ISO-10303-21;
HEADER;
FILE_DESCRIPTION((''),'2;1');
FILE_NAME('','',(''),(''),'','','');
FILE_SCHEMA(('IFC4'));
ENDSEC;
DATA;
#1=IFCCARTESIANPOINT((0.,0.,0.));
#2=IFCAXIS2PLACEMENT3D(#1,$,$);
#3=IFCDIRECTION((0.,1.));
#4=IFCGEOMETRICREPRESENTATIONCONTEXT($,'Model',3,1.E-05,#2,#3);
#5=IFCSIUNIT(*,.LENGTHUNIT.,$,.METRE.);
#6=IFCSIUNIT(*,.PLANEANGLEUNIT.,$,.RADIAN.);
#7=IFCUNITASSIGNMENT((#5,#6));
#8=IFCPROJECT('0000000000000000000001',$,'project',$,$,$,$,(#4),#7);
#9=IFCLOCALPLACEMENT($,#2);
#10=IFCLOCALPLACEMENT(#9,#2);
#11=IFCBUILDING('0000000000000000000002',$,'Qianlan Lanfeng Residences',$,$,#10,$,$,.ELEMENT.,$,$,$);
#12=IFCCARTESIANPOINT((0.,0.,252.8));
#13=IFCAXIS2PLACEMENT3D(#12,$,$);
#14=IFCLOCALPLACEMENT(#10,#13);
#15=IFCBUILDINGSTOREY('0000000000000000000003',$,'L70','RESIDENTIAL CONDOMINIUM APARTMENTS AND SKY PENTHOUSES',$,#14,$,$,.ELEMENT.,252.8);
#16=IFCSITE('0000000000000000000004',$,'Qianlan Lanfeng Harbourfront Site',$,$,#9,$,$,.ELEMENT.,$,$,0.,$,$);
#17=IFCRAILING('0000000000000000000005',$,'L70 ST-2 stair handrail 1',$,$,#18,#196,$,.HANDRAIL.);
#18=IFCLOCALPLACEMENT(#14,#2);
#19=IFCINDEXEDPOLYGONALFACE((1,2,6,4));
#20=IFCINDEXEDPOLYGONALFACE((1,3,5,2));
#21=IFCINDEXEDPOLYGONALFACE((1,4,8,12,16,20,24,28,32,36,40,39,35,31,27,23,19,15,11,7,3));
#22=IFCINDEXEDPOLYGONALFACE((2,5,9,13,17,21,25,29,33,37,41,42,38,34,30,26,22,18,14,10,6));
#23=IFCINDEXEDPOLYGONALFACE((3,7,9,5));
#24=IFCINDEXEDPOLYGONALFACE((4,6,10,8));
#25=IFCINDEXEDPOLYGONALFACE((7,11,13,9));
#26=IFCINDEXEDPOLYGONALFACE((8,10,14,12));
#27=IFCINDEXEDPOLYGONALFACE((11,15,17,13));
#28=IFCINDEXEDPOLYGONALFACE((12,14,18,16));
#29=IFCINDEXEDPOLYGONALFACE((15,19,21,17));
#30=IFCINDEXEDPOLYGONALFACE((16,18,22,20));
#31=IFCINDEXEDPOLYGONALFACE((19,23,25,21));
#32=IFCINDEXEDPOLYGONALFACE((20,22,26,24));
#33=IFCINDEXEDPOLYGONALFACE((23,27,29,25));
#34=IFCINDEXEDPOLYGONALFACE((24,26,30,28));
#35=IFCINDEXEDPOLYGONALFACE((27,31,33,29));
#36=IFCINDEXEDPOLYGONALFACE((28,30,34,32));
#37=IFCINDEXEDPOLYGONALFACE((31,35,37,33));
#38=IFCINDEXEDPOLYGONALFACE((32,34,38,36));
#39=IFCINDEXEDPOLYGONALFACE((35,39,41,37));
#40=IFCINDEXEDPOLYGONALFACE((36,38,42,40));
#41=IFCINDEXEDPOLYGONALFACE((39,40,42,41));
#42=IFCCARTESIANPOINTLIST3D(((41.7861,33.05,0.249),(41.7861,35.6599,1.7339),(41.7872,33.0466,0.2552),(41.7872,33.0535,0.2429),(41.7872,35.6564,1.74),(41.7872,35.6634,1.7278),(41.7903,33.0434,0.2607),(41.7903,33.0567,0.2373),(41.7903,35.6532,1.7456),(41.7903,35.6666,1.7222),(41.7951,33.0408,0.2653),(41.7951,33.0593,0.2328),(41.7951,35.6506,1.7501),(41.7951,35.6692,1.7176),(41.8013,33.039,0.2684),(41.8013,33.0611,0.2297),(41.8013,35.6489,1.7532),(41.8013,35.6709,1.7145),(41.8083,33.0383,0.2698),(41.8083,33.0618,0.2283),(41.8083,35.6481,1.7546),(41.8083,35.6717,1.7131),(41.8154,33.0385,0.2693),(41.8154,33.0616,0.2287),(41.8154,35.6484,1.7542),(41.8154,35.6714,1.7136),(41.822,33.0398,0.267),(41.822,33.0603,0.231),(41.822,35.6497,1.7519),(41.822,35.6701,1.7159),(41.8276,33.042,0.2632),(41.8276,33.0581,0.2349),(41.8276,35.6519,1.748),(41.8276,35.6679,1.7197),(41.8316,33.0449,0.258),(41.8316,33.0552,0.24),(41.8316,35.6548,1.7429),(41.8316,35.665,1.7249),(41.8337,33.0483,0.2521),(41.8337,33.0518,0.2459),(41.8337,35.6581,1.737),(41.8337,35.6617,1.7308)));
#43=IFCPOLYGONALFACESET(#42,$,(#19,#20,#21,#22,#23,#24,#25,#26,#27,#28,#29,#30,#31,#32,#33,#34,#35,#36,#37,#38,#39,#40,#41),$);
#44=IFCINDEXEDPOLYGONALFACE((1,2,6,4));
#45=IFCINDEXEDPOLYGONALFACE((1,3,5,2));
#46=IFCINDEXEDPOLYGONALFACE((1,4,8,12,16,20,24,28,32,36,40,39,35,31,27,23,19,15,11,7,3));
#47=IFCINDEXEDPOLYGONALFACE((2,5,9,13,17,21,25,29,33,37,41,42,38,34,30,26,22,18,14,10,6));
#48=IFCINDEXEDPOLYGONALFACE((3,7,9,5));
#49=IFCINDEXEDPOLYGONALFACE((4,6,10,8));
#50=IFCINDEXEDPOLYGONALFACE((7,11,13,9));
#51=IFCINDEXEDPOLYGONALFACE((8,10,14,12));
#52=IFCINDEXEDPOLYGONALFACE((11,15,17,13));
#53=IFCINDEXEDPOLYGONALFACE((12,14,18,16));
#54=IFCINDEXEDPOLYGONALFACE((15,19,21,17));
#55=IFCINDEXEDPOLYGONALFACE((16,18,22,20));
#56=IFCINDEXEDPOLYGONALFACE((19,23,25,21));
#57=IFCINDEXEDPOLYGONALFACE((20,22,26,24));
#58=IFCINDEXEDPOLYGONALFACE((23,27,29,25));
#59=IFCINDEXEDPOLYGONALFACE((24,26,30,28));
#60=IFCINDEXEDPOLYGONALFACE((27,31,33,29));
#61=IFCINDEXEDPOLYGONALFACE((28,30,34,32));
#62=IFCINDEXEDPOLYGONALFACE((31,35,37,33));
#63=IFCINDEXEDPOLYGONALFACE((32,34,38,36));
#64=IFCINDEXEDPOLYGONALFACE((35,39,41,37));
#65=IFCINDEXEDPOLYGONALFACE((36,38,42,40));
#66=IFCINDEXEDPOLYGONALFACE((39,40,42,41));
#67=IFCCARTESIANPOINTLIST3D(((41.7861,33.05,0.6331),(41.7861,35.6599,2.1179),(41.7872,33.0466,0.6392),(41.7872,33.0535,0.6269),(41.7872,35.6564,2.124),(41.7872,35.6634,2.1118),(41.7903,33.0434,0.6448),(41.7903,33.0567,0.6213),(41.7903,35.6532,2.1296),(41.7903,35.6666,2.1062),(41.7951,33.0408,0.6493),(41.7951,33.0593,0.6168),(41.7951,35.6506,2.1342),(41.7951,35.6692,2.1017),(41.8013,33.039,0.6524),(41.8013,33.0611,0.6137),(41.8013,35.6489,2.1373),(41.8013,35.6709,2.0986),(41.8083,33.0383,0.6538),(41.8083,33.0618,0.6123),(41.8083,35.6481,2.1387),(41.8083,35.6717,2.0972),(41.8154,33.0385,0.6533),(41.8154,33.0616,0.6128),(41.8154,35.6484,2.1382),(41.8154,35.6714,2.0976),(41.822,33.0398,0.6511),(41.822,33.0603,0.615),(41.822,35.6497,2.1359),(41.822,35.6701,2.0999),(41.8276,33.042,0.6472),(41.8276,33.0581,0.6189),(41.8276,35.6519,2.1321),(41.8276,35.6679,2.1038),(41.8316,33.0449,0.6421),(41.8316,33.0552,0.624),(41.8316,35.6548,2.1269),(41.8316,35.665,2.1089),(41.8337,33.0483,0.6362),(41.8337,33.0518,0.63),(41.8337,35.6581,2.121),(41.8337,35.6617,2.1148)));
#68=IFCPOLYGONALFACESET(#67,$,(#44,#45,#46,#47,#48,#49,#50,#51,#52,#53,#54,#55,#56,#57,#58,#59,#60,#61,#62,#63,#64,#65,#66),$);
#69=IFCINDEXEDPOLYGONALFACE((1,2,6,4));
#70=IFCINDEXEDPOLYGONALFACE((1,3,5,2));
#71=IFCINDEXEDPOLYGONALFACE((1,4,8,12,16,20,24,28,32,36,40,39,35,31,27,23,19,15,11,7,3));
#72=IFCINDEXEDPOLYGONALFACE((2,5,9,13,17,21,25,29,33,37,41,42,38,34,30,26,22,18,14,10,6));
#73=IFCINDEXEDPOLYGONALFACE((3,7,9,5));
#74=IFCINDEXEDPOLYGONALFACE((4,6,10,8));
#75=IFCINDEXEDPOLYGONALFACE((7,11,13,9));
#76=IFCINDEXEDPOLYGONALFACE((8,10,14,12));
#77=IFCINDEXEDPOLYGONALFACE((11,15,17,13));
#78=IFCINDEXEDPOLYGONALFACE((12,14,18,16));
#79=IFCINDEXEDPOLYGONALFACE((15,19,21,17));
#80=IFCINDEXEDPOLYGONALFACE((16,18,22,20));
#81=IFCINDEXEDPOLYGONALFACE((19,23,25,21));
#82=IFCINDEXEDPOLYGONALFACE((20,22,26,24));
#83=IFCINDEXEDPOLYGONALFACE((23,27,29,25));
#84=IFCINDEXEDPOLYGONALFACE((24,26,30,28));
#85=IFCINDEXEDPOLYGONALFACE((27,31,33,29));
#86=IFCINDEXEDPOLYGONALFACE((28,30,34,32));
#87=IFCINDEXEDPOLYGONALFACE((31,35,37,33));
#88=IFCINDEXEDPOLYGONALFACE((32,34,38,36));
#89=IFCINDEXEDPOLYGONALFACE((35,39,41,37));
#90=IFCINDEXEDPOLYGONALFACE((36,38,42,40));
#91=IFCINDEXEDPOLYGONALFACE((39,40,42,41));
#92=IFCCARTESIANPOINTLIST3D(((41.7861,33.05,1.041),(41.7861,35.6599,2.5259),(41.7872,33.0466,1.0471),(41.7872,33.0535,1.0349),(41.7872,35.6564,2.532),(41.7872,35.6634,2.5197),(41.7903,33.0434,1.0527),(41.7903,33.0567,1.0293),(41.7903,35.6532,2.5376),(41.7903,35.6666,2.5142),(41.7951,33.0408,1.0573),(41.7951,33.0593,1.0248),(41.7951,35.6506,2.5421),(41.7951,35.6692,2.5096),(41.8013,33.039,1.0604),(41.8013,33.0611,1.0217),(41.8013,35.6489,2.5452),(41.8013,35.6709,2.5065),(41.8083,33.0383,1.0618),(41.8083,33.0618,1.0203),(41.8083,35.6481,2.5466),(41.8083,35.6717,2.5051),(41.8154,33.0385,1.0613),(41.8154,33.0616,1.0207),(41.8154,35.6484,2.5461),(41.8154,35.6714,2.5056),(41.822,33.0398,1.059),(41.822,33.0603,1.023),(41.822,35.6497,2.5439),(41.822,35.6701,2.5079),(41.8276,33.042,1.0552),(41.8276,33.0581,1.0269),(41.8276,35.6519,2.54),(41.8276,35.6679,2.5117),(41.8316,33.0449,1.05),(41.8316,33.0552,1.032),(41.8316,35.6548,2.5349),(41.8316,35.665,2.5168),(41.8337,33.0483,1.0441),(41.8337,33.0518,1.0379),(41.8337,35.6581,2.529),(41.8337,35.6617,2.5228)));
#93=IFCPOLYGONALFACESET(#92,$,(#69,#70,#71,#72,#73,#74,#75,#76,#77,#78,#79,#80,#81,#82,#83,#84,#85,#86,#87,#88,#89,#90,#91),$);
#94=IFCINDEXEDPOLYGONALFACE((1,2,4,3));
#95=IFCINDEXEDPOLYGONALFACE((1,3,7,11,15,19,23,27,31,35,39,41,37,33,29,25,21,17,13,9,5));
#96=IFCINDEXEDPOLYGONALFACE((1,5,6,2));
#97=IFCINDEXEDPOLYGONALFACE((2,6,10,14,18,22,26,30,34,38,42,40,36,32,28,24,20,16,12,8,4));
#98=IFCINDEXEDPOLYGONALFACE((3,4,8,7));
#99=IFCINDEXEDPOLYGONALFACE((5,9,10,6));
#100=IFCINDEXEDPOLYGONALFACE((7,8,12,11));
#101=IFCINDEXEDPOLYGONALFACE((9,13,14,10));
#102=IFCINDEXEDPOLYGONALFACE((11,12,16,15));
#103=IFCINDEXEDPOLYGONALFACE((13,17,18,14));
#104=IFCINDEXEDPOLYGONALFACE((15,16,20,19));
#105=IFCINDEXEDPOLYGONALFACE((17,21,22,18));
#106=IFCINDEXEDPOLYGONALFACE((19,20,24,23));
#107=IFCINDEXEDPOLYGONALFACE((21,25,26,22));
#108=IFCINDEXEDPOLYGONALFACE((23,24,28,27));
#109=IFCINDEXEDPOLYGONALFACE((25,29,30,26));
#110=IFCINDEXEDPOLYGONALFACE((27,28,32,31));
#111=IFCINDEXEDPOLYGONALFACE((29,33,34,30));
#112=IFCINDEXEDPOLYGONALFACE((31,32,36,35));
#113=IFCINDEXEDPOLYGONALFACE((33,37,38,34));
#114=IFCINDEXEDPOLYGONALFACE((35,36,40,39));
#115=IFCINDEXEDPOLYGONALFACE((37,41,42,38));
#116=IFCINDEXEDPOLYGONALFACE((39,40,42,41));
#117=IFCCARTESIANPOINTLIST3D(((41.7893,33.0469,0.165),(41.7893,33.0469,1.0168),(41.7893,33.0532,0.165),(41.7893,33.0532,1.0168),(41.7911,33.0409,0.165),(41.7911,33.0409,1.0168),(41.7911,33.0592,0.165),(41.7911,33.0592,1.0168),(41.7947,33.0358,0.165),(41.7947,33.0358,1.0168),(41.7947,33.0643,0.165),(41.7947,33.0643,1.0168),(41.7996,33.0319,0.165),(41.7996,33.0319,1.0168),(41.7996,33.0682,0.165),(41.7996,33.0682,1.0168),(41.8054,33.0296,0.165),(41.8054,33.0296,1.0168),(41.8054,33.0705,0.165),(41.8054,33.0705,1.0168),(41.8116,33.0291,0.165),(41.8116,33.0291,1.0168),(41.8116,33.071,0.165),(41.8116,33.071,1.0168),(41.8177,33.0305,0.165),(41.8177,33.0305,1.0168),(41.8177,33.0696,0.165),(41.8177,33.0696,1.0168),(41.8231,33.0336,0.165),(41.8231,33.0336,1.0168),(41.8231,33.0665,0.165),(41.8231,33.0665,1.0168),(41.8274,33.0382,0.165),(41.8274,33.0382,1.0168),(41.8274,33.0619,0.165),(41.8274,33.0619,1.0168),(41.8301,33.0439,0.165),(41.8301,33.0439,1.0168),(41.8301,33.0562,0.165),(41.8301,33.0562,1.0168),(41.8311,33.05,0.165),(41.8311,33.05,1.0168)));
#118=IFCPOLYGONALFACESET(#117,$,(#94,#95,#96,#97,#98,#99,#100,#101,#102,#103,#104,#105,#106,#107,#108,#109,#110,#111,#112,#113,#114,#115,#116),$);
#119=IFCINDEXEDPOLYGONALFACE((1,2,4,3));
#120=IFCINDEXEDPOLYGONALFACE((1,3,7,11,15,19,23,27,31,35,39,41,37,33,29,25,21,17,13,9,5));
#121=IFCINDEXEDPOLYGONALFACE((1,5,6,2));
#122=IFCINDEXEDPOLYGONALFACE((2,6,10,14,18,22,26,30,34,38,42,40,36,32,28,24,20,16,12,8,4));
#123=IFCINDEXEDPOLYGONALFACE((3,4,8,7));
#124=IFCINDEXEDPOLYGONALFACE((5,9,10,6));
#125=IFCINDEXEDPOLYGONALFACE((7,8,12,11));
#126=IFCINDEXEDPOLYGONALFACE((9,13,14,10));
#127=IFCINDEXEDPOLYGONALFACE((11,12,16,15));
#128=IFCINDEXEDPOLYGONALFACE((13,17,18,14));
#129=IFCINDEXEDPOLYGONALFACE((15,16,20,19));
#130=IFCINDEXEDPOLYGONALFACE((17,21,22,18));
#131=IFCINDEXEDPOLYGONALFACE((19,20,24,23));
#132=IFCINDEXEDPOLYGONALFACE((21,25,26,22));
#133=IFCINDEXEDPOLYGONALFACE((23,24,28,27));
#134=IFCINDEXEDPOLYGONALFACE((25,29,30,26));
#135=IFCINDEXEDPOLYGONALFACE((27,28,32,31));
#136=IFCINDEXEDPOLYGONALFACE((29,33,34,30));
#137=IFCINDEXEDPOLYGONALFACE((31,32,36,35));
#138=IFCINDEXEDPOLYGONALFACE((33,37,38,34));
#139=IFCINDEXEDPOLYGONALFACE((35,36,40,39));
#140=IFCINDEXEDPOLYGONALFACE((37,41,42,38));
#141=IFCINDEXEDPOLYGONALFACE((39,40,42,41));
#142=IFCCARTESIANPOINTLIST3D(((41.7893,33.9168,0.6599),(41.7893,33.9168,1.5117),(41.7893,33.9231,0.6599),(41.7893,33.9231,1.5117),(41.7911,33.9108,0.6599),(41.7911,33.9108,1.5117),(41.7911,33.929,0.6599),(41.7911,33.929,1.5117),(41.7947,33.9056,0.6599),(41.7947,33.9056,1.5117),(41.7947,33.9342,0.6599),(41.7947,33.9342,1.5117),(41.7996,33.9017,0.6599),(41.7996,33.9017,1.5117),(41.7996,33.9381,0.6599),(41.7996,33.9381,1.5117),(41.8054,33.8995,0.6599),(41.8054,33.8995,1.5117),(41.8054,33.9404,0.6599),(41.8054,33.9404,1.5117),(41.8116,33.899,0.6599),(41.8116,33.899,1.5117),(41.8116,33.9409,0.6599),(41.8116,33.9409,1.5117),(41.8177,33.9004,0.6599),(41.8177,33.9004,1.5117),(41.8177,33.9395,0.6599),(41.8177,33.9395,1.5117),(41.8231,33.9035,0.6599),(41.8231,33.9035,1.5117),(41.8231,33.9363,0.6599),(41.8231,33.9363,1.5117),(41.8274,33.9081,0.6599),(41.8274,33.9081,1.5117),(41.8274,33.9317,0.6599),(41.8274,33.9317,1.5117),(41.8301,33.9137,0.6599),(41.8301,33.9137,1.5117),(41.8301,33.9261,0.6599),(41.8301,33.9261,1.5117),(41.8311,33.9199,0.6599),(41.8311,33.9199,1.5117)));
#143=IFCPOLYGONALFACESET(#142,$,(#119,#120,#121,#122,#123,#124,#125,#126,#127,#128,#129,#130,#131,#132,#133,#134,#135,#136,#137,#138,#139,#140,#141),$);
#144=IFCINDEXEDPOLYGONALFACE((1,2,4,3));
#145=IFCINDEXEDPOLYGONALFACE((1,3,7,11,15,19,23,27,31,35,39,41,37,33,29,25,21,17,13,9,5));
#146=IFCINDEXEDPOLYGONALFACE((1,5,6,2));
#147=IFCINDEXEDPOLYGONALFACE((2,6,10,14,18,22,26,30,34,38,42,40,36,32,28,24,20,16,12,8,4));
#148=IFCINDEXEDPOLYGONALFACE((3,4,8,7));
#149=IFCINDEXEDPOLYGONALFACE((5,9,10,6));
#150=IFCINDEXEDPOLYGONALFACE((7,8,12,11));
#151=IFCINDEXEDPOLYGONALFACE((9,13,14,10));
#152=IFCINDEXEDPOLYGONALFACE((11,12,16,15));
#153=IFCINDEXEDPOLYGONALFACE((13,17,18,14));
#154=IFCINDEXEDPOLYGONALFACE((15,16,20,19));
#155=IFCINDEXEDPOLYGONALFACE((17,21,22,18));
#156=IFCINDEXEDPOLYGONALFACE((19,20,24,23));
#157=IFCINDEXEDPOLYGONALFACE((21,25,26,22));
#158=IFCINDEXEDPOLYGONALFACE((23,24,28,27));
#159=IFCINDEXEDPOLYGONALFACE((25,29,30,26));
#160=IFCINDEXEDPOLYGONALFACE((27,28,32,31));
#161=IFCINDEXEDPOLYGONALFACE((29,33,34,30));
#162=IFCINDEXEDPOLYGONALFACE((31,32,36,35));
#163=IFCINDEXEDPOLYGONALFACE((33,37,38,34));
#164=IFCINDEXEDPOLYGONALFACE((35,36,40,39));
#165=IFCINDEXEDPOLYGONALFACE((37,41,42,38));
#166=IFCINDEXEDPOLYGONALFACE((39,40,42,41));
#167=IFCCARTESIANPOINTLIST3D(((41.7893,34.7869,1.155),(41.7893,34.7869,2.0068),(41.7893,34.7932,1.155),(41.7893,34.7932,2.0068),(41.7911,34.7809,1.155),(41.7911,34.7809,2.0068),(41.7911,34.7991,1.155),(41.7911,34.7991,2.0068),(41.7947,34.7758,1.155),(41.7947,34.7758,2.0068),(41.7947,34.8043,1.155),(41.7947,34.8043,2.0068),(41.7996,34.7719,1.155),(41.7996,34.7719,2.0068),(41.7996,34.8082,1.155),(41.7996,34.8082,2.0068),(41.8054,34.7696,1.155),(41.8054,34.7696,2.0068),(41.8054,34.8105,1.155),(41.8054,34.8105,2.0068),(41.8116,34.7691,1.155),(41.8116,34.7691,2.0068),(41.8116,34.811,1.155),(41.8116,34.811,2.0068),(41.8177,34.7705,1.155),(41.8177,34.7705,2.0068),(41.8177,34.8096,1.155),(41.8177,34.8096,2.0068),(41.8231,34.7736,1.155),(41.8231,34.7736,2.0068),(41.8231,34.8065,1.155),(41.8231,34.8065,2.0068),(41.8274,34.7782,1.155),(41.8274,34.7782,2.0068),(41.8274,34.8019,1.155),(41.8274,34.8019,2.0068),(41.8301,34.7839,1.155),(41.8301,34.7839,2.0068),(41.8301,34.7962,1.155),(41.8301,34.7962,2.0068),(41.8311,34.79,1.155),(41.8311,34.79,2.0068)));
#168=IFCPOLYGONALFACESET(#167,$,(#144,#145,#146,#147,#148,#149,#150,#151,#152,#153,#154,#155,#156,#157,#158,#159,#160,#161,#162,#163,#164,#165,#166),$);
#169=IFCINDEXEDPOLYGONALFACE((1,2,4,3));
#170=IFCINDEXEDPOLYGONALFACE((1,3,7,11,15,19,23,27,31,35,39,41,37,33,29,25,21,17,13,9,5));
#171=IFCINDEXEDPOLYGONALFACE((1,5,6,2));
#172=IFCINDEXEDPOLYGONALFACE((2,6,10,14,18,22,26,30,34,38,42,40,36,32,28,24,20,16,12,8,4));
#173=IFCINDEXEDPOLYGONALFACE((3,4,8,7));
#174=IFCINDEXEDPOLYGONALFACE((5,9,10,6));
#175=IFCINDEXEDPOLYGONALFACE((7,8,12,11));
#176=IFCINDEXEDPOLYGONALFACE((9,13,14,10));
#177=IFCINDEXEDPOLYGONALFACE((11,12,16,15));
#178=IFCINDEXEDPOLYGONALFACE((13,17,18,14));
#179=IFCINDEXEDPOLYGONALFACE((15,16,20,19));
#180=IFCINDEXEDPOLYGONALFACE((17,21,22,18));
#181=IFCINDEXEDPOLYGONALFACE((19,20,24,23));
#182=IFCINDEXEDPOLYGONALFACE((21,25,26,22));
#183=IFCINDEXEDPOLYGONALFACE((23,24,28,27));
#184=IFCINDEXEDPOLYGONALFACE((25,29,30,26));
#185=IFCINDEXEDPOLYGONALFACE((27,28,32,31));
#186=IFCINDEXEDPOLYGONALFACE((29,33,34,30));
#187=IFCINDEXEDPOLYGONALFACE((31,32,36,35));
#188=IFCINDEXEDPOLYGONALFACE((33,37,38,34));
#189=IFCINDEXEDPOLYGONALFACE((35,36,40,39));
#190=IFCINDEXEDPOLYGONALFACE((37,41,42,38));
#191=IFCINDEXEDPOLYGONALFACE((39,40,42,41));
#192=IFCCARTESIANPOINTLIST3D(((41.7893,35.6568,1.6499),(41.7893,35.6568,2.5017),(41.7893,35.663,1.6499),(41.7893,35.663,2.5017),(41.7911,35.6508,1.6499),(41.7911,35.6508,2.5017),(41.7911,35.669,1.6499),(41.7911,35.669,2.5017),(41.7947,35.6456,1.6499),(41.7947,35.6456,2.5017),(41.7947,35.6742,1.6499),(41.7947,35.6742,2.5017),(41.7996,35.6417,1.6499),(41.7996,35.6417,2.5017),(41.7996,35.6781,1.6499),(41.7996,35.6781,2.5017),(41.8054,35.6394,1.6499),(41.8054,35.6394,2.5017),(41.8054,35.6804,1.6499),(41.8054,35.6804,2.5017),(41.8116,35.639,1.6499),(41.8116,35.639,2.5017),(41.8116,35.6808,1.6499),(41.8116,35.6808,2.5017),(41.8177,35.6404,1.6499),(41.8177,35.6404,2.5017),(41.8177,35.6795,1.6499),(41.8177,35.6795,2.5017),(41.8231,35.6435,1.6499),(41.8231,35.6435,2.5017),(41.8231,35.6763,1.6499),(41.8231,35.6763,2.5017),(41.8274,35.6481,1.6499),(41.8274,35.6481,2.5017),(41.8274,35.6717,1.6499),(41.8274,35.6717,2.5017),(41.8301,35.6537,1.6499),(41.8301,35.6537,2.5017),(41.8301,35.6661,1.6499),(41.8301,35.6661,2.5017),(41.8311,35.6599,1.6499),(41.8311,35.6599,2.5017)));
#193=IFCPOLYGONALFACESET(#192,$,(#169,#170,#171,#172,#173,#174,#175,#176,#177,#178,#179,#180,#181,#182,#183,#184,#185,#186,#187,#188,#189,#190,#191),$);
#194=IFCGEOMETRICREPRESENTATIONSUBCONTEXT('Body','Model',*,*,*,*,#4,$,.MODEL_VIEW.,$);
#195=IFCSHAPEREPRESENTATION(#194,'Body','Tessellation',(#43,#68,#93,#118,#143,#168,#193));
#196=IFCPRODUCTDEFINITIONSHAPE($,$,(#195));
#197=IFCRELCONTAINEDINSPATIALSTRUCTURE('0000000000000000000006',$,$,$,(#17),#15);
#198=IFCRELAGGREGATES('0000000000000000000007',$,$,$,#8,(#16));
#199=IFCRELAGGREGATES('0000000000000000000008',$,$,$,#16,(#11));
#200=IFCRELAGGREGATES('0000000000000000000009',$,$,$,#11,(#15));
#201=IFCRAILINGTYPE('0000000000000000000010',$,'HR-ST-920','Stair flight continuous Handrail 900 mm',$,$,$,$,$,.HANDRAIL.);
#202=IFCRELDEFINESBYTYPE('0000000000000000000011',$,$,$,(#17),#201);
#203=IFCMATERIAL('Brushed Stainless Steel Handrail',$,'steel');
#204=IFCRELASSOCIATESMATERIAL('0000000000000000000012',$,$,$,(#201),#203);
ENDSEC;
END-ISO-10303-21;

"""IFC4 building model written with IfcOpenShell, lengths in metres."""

from ifc_helpers import new_model, si_unit, direction, frame, origin, origin_2d, place, context, subcontext, project, spatial, circle, extrude, material, type_object, element, save


model = new_model("IFC4")

# Units and contexts
model_context = context("Model", 3, precision=1e-05, world=origin(), true_north=direction((0.0, 1.0)))
body_context = subcontext(model_context, "Body", "Model", "MODEL_VIEW")
ifc_project = project(units=[si_unit("LENGTHUNIT", "METRE"), si_unit("PLANEANGLEUNIT", "RADIAN")], contexts=[model_context])

# Site, building, storey
site_placement = place(None, origin())
site = spatial("IfcSite", under=ifc_project, at=site_placement, Name="Qianlan Lanfeng Harbourfront Site", CompositionType="ELEMENT", RefElevation=0.0)
building_placement = place(site_placement, origin())
building = spatial("IfcBuilding", under=site, at=building_placement, Name="Qianlan Lanfeng Residences", CompositionType="ELEMENT")
storey_placement = place(building_placement, frame((0.0, 0.0, 252.8)))
storey = spatial("IfcBuildingStorey", under=building, at=storey_placement, Name="L70", Description="RESIDENTIAL CONDOMINIUM APARTMENTS AND SKY PENTHOUSES", CompositionType="ELEMENT", Elevation=252.8)

# Railing
ifc_material_1 = material(Name="Brushed Stainless Steel Handrail", Category="steel")
railing_type_1 = type_object("IfcRailingType", Name="HR-ST-920", Description="Stair flight continuous Handrail 900 mm", PredefinedType="HANDRAIL", material=ifc_material_1)
railing_1_placement = place(storey_placement, frame((41.8101, 33.05, 0.165)))
element("IfcRailing", 1, at=railing_1_placement, inside=storey, type_object=railing_type_1, Name="L70 ST-2 stair handrail 1", PredefinedType="HANDRAIL", context=body_context, shape_type="SweptSolid", body=[
    extrude(circle(Radius=0.0239, at=origin_2d()), frame((0.0, 0.0, 0.084), z_axis=(0.0, 0.869172, 0.494509), x_axis=(-1.0, 0.0, 0.0)), (0.0, 0.0, 1.0), 3.0027),
    extrude(circle(Radius=0.0239, at=origin_2d()), frame((0.0, 0.0, 0.468), z_axis=(0.0, 0.869172, 0.494509), x_axis=(-1.0, 0.0, 0.0)), (0.0, 0.0, 1.0), 3.0027),
    extrude(circle(Radius=0.0239, at=origin_2d()), frame((0.0, 0.0, 0.876), z_axis=(0.0, 0.869172, 0.494509), x_axis=(-1.0, 0.0, 0.0)), (0.0, 0.0, 1.0), 3.0027),
    extrude(circle(Radius=0.021, at=origin_2d()), origin(), (0.0, 0.0, 1.0), 0.8518),
    extrude(circle(Radius=0.021, at=origin_2d()), frame((0.0, 0.8699, 0.4949)), (0.0, 0.0, 1.0), 0.8518),
    extrude(circle(Radius=0.021, at=origin_2d()), frame((0.0, 1.74, 0.99)), (0.0, 0.0, 1.0), 0.8518),
    extrude(circle(Radius=0.021, at=origin_2d()), frame((0.0, 2.6099, 1.4849)), (0.0, 0.0, 1.0), 0.8518),
])

save(model, "model.ifc")
